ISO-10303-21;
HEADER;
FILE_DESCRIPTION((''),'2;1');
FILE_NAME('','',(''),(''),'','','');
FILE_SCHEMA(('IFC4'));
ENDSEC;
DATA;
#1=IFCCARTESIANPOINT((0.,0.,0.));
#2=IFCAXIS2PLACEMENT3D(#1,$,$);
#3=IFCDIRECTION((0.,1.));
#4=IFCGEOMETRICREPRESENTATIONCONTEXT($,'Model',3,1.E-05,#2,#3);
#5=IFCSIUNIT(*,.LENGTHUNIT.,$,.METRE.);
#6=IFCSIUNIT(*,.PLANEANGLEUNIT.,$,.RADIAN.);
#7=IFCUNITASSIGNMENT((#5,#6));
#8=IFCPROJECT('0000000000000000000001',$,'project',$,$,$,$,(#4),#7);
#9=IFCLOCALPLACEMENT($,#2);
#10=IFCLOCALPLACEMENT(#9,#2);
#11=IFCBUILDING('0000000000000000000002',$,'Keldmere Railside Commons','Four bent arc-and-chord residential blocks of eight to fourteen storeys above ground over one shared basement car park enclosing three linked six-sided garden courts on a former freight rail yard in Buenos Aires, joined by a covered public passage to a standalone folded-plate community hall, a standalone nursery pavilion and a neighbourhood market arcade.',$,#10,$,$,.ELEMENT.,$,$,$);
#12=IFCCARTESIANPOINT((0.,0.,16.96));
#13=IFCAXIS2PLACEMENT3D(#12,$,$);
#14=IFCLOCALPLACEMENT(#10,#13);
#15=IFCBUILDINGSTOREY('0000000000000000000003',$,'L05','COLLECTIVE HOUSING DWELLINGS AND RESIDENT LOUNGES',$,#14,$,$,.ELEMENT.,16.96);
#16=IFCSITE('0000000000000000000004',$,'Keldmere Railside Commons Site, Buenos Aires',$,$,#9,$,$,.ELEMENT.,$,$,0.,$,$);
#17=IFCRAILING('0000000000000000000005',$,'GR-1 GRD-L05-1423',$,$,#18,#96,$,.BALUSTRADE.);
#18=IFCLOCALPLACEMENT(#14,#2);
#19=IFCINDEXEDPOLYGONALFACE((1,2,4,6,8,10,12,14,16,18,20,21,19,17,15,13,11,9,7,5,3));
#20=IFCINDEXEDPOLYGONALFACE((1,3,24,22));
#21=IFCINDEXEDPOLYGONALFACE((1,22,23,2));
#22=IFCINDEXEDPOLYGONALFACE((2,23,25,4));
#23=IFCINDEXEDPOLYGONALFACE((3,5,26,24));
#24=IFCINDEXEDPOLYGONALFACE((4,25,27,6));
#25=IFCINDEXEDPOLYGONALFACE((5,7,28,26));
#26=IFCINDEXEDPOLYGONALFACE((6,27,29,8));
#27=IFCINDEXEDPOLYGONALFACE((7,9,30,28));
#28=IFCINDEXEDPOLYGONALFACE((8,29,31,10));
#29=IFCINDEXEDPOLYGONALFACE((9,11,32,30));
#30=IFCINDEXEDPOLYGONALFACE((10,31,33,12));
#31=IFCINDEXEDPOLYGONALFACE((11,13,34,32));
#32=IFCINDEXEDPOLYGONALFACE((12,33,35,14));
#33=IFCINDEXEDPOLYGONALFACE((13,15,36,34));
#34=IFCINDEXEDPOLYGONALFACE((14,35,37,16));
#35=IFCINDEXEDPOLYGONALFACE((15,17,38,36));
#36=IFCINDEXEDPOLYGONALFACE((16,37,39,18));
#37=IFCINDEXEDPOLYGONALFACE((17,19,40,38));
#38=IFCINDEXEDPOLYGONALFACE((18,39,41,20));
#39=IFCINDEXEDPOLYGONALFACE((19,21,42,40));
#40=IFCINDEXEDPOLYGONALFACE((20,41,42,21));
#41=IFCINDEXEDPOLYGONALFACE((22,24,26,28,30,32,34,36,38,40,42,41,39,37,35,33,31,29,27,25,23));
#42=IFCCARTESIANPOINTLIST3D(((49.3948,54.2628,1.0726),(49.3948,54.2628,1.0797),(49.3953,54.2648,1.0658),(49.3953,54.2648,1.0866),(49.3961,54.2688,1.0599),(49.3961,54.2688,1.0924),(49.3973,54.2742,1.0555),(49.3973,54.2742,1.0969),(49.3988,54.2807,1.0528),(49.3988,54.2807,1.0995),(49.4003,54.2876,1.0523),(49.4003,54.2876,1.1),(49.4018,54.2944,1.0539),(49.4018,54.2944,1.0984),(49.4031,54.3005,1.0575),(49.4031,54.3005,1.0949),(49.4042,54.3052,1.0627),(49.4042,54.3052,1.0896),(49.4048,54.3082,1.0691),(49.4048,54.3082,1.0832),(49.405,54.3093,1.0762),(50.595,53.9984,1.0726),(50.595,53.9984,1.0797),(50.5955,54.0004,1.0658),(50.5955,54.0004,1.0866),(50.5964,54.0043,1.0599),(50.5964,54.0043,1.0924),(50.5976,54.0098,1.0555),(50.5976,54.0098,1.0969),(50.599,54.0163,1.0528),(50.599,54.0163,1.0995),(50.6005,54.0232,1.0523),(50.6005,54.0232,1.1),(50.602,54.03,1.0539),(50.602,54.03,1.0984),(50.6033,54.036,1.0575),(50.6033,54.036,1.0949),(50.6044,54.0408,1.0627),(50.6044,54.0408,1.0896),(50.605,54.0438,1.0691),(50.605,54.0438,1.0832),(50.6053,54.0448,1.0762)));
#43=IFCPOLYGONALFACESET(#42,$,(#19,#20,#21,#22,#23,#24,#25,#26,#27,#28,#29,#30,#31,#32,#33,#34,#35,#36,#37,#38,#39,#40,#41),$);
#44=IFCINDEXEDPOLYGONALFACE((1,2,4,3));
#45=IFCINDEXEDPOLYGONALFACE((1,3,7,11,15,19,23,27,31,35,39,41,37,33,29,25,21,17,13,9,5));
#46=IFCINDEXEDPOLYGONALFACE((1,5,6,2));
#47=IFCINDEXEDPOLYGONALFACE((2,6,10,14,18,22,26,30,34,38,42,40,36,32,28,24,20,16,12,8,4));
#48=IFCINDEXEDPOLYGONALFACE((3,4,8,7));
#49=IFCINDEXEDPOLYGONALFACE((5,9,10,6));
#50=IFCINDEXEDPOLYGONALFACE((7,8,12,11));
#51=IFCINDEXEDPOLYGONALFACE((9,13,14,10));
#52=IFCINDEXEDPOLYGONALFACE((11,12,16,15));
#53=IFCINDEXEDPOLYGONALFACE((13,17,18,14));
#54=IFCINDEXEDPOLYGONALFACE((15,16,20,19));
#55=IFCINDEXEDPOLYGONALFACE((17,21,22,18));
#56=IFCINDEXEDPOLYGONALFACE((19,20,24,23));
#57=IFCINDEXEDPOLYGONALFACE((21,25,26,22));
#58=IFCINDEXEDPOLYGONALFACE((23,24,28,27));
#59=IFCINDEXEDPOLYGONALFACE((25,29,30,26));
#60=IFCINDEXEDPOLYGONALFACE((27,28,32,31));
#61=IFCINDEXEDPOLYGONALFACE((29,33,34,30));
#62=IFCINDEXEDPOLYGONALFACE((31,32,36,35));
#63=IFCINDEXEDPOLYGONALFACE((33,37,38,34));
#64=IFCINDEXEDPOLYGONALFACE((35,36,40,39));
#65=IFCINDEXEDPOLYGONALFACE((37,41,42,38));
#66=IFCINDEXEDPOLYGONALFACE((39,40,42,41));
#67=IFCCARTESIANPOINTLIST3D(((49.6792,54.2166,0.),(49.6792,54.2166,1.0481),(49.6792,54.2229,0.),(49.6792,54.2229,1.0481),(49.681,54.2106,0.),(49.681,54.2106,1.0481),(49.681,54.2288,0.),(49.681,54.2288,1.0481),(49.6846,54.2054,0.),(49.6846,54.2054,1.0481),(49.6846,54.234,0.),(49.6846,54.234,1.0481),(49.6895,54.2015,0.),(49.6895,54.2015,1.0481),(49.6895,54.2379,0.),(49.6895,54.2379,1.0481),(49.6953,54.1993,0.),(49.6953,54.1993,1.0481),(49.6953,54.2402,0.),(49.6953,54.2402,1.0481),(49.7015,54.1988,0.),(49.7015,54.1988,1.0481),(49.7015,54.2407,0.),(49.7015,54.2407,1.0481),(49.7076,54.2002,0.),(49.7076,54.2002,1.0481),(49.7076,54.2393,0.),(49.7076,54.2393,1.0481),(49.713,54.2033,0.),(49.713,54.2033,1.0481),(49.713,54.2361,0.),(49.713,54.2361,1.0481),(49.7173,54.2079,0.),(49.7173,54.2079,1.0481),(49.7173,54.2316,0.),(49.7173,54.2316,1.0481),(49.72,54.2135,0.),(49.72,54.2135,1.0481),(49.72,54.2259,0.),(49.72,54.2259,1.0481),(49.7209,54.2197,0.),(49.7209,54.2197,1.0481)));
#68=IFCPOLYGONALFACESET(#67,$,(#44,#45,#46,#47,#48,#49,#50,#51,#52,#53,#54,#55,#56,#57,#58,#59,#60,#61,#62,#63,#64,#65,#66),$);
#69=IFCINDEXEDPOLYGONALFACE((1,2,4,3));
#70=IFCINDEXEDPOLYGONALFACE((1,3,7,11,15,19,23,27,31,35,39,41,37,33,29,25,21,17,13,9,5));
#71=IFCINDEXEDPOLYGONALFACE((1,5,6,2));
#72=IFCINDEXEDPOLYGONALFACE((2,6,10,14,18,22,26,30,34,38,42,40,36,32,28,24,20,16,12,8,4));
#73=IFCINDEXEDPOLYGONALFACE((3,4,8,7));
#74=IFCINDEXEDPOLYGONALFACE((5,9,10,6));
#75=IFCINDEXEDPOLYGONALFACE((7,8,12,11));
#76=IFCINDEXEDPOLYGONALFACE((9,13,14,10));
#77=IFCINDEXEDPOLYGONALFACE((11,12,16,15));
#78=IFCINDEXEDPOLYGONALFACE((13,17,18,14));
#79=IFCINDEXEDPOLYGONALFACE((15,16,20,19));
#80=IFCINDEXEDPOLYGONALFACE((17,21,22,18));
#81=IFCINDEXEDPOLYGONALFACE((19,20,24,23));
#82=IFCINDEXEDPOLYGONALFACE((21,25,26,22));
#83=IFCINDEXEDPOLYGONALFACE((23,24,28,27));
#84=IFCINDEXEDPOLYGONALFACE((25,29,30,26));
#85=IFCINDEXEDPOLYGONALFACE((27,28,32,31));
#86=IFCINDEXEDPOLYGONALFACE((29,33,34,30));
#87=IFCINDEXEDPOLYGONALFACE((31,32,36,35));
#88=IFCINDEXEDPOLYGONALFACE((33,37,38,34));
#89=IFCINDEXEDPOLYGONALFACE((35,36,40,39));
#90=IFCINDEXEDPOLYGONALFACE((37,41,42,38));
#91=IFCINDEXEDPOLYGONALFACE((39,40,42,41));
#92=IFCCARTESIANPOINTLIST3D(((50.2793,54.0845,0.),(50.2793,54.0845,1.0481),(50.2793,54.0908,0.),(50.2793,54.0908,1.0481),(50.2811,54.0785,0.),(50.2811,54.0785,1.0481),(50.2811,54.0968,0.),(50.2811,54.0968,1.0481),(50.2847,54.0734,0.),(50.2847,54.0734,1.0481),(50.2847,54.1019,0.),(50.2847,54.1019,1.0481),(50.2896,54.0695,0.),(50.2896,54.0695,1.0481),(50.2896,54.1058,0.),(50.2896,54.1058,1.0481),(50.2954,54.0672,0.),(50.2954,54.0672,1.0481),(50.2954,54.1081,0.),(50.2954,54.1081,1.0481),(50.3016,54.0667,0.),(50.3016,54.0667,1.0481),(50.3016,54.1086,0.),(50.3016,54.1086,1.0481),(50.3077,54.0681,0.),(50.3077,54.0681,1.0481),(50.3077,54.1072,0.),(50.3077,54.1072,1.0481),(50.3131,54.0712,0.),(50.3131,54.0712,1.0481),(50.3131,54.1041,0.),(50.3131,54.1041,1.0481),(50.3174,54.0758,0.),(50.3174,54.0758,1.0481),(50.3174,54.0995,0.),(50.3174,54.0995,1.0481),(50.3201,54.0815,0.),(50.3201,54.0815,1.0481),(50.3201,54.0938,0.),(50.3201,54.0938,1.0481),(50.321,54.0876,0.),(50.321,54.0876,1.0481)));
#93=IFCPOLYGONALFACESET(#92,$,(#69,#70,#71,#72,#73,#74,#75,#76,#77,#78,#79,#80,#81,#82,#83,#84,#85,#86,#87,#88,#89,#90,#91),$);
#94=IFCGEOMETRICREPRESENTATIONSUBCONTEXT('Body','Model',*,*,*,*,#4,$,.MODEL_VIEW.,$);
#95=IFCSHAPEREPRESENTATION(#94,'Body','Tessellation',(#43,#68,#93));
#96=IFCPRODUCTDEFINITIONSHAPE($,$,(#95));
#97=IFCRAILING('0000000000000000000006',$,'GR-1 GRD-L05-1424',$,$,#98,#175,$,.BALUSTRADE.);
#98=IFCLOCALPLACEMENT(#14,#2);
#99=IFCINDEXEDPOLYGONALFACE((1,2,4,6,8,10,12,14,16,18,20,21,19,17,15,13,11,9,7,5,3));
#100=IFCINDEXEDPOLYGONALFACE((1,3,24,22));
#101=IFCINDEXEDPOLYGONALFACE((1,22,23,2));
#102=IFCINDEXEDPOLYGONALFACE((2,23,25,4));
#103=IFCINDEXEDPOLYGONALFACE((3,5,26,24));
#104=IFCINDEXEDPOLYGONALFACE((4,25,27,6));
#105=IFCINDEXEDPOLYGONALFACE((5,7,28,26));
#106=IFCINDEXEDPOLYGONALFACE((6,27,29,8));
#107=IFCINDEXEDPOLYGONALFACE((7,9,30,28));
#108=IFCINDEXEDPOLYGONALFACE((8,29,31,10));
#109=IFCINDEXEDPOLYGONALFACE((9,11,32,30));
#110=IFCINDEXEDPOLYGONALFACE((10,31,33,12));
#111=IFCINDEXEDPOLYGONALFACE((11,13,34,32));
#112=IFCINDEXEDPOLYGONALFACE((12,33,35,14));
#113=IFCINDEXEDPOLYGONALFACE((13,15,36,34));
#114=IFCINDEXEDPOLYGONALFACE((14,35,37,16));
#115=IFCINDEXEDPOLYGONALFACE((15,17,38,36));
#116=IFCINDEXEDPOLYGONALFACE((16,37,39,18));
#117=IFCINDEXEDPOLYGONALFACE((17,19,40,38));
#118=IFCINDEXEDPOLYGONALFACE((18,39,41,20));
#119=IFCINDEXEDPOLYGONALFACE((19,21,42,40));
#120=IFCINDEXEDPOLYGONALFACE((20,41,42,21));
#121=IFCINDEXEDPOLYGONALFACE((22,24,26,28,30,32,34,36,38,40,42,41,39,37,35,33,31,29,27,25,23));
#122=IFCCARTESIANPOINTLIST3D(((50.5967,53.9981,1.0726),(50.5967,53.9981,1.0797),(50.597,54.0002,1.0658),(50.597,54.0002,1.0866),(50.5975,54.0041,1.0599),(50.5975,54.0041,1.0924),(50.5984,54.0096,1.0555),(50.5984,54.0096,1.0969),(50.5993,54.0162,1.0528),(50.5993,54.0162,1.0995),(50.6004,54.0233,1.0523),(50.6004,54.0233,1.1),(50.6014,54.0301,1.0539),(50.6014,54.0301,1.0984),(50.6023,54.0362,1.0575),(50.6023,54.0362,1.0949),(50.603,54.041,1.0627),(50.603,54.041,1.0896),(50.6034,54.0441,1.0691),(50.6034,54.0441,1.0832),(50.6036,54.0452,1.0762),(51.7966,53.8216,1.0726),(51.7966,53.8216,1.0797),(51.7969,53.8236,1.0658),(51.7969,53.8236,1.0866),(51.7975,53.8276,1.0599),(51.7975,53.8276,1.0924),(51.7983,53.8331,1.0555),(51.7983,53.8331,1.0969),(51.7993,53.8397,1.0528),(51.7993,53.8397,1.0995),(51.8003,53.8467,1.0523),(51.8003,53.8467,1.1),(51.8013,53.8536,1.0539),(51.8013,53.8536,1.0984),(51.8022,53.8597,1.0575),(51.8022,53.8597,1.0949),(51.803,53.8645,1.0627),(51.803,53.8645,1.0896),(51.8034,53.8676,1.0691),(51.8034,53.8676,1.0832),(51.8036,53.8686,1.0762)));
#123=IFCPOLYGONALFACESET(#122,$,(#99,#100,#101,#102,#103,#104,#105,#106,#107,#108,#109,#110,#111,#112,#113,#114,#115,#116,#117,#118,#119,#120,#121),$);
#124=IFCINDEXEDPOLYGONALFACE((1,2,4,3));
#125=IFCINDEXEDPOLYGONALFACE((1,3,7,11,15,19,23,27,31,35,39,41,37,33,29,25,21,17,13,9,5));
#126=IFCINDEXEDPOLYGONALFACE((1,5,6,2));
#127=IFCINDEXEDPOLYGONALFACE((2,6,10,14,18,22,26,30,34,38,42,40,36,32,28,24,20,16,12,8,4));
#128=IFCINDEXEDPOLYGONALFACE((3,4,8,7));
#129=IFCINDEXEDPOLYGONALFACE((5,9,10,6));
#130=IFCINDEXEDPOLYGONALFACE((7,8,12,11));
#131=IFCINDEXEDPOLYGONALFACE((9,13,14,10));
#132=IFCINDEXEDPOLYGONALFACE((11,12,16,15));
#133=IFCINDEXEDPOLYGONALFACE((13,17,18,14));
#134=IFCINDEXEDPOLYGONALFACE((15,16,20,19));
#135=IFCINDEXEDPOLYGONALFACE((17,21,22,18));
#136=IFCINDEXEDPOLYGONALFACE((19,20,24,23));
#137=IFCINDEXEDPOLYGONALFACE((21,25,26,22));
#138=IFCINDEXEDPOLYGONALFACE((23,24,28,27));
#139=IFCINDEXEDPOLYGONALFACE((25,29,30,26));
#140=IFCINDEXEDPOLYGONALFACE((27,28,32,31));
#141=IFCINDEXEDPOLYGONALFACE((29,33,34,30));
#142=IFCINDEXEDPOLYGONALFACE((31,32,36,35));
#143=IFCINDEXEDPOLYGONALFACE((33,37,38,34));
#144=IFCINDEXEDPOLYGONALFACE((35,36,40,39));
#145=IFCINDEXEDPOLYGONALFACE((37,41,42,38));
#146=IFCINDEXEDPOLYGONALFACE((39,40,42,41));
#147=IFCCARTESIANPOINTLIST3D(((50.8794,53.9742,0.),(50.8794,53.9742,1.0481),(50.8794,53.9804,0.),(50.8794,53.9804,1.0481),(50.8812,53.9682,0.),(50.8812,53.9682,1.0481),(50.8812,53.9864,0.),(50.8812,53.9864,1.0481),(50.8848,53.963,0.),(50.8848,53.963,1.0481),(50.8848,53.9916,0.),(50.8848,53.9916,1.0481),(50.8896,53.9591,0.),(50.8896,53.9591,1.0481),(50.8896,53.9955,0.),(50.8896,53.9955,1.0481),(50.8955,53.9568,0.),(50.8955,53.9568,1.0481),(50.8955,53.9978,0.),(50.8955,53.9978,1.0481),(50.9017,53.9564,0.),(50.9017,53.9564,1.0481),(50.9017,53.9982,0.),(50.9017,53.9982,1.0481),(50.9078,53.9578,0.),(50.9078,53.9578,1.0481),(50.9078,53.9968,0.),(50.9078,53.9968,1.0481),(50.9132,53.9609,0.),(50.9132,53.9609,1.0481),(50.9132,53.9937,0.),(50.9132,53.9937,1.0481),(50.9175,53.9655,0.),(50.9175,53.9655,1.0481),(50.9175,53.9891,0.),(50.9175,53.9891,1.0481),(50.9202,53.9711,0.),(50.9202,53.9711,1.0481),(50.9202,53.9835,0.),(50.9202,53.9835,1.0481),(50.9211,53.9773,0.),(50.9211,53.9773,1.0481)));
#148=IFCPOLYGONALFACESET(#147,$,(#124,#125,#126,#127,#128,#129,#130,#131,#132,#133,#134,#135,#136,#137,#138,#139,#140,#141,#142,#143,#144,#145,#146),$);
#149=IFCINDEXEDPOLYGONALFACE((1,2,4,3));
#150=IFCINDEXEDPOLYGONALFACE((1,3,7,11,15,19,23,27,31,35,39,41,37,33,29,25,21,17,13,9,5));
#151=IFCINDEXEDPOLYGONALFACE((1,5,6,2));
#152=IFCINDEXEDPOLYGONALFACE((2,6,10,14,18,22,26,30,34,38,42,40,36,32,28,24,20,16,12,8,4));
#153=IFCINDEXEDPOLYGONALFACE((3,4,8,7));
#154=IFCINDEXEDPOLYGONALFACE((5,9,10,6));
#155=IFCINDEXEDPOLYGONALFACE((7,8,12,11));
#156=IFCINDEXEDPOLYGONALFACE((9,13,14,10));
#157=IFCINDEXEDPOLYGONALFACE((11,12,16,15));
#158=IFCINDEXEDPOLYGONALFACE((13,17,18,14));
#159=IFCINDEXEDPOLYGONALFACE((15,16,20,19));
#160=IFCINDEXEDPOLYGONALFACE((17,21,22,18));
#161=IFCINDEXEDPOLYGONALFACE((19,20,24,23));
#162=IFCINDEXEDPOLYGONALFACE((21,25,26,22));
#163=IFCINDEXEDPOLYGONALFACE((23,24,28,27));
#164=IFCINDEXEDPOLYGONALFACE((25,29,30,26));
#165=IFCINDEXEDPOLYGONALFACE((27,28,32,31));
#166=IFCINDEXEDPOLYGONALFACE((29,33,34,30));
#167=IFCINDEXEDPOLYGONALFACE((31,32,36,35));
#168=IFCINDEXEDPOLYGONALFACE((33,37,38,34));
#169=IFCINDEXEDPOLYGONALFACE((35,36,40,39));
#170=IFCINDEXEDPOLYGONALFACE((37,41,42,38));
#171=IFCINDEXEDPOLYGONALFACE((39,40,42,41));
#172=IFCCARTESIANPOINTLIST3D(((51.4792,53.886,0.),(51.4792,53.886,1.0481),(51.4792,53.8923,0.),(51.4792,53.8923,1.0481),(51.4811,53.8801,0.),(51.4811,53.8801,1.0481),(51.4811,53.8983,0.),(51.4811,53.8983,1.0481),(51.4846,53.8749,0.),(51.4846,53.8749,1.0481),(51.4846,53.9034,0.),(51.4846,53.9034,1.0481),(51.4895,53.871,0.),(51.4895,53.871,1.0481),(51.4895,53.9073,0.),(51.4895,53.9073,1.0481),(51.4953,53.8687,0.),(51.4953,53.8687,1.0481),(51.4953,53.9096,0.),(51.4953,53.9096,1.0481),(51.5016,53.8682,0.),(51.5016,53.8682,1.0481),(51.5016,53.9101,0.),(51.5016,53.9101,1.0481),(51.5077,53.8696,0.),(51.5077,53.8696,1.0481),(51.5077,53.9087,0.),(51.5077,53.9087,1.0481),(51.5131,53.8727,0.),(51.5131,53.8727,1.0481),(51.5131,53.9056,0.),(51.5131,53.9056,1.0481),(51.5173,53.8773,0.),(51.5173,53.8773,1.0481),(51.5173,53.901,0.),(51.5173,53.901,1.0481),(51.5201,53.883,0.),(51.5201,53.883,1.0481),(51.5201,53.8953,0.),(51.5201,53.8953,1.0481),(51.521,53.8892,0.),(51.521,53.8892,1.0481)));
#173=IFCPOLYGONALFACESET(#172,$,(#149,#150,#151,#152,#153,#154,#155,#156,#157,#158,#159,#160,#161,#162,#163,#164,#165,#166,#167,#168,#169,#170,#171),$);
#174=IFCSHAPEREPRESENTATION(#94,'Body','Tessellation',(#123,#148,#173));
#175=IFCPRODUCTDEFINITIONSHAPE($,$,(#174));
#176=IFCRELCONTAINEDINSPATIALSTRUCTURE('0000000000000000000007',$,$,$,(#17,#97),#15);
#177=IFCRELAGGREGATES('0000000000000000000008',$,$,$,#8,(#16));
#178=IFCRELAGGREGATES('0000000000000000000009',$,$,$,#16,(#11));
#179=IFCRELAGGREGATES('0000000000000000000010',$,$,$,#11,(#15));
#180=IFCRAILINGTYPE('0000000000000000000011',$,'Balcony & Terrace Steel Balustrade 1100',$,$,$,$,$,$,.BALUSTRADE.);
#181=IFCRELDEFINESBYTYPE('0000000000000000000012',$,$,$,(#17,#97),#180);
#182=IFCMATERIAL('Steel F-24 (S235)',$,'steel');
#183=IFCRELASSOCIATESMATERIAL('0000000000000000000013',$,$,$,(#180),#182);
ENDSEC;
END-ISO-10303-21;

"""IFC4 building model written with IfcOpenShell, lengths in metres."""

from ifc_helpers import new_model, si_unit, direction, frame, origin, origin_2d, place, context, subcontext, project, spatial, circle, extrude, material, type_object, element, save


model = new_model("IFC4")

# Units and contexts
model_context = context("Model", 3, precision=1e-05, world=origin(), true_north=direction((0.0, 1.0)))
body_context = subcontext(model_context, "Body", "Model", "MODEL_VIEW")
ifc_project = project(units=[si_unit("LENGTHUNIT", "METRE"), si_unit("PLANEANGLEUNIT", "RADIAN")], contexts=[model_context])

# Site, building, storey
site_placement = place(None, origin())
site = spatial("IfcSite", under=ifc_project, at=site_placement, Name="Keldmere Railside Commons Site, Buenos Aires", CompositionType="ELEMENT", RefElevation=0.0)
building_placement = place(site_placement, origin())
building = spatial("IfcBuilding", under=site, at=building_placement, Name="Keldmere Railside Commons", Description="Four bent arc-and-chord residential blocks of eight to fourteen storeys above ground over one shared basement car park enclosing three linked six-sided garden courts on a former freight rail yard in Buenos Aires, joined by a covered public passage to a standalone folded-plate community hall, a standalone nursery pavilion and a neighbourhood market arcade.", CompositionType="ELEMENT")
storey_placement = place(building_placement, frame((0.0, 0.0, 16.96)))
storey = spatial("IfcBuildingStorey", under=building, at=storey_placement, Name="L05", Description="COLLECTIVE HOUSING DWELLINGS AND RESIDENT LOUNGES", CompositionType="ELEMENT", Elevation=16.96)

# Shared definitions
ifc_material_1 = material(Name="Steel F-24 (S235)", Category="steel")

# Railings
railing_type = type_object("IfcRailingType", Name="Balcony & Terrace Steel Balustrade 1100", PredefinedType="BALUSTRADE", material=ifc_material_1)
railing_1_placement = place(storey_placement, frame((49.3999, 54.2859, 0.0)))
element("IfcRailing", 1, at=railing_1_placement, inside=storey, type_object=railing_type, Name="GR-1 GRD-L05-1423", PredefinedType="BALUSTRADE", context=body_context, shape_type="SweptSolid", body=[
    extrude(circle(Radius=0.0239, at=origin_2d()), frame((0.0, 0.0, 1.0762), z_axis=(0.976583, -0.215142, 0.0), x_axis=(0.215142, 0.976583, 0.0)), (0.0, 0.0, 1.0), 1.229),
    extrude(circle(Radius=0.021, at=origin_2d()), frame((0.3, -0.0662, 0.0)), (0.0, 0.0, 1.0), 1.0481),
    extrude(circle(Radius=0.021, at=origin_2d()), frame((0.9001, -0.1982, 0.0)), (0.0, 0.0, 1.0), 1.0481),
])
railing_2_placement = place(storey_placement, frame((50.6001, 54.0215, 0.0)))
element("IfcRailing", 2, at=railing_2_placement, inside=storey, type_object=railing_type, Name="GR-1 GRD-L05-1424", PredefinedType="BALUSTRADE", context=body_context, shape_type="SweptSolid", body=[
    extrude(circle(Radius=0.0239, at=origin_2d()), frame((0.0, 0.0, 1.0762), z_axis=(0.989353, -0.145535, 0.0), x_axis=(0.145535, 0.989353, 0.0)), (0.0, 0.0, 1.0), 1.2129),
    extrude(circle(Radius=0.021, at=origin_2d()), frame((0.3, -0.0442, 0.0)), (0.0, 0.0, 1.0), 1.0481),
    extrude(circle(Radius=0.021, at=origin_2d()), frame((0.8999, -0.1323, 0.0)), (0.0, 0.0, 1.0), 1.0481),
])

save(model, "model.ifc")
